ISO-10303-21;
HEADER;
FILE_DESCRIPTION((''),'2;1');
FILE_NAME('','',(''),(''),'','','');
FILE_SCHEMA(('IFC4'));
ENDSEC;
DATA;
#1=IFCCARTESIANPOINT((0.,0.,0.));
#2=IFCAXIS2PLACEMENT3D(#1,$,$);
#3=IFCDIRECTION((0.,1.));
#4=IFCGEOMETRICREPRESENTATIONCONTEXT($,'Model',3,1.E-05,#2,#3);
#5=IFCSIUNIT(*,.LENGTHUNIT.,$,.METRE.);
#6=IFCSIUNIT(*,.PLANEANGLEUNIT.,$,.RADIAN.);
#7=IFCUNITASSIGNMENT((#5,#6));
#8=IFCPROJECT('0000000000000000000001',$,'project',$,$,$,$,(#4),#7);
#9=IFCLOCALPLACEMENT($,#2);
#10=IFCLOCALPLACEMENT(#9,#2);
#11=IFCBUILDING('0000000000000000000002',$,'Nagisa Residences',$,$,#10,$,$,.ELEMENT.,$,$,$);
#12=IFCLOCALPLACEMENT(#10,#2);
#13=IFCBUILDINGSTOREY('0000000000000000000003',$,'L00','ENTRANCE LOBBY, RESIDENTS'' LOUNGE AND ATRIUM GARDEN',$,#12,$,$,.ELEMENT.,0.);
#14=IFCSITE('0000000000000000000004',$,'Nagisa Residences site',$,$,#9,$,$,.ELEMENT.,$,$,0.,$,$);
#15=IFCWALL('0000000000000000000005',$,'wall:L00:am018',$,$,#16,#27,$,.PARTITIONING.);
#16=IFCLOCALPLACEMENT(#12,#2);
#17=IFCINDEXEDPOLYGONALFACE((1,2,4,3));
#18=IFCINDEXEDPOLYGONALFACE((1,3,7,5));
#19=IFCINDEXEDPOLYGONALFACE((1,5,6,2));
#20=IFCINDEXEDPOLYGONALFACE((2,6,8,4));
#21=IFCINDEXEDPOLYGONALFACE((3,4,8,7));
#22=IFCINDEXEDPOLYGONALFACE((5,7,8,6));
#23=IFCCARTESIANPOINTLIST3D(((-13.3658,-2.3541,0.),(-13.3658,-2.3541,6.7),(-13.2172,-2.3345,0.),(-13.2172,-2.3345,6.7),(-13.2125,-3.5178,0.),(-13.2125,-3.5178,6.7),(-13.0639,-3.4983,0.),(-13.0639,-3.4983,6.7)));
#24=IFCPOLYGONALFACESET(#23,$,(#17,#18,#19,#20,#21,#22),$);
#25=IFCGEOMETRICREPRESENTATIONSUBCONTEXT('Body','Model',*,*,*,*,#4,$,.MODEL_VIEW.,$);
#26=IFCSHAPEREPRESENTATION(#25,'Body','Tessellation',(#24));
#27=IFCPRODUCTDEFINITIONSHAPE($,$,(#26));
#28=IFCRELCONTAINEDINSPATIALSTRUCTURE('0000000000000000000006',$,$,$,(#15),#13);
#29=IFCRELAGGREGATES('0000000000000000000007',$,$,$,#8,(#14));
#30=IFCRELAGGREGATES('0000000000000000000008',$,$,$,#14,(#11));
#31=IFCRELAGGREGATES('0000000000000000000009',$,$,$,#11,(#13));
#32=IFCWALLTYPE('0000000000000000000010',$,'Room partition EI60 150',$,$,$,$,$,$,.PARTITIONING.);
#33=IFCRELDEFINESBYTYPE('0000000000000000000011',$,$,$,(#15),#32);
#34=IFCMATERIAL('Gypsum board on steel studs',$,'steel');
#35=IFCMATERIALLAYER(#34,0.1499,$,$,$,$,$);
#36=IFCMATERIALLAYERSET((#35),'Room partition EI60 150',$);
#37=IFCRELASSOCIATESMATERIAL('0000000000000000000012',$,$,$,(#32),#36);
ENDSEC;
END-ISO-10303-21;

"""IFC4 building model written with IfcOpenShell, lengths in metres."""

from ifc_helpers import new_model, si_unit, direction, frame, frame_2d, origin, place, context, subcontext, project, spatial, rectangle, extrude, material, layer, layer_set, type_object, element, save


model = new_model("IFC4")

# Units and contexts
model_context = context("Model", 3, precision=1e-05, world=origin(), true_north=direction((0.0, 1.0)))
body_context = subcontext(model_context, "Body", "Model", "MODEL_VIEW")
ifc_project = project(units=[si_unit("LENGTHUNIT", "METRE"), si_unit("PLANEANGLEUNIT", "RADIAN")], contexts=[model_context])

# Site, building, storey
site_placement = place(None, origin())
site = spatial("IfcSite", under=ifc_project, at=site_placement, Name="Nagisa Residences site", CompositionType="ELEMENT", RefElevation=0.0)
building_placement = place(site_placement, origin())
building = spatial("IfcBuilding", under=site, at=building_placement, Name="Nagisa Residences", CompositionType="ELEMENT")
storey_placement = place(building_placement, origin())
storey = spatial("IfcBuildingStorey", under=building, at=storey_placement, Name="L00", Description="ENTRANCE LOBBY, RESIDENTS' LOUNGE AND ATRIUM GARDEN", CompositionType="ELEMENT", Elevation=0.0)

# Shared definitions
ifc_material_1 = material(Name="Gypsum board on steel studs", Category="steel")
ifc_layer_1 = layer(ifc_material_1, 0.1499)
ifc_layer_set_1 = layer_set([ifc_layer_1], Name="Room partition EI60 150")
wall_type_1 = type_object("IfcWallType", Name="Room partition EI60 150", PredefinedType="PARTITIONING", material=ifc_layer_set_1)

# Wall
wall_1_placement = place(storey_placement, frame((-13.1382, -3.5081, 0.0), z_axis=(0.0, 0.0, 1.0), x_axis=(-0.130611, 0.991434, 0.0)))
element("IfcWall", 1, at=wall_1_placement, inside=storey, type_object=wall_type_1, Name="wall:L00:am018", PredefinedType="PARTITIONING", context=body_context, shape_type="SweptSolid", body=[
    extrude(rectangle(XDim=1.1738, YDim=0.1499, at=frame_2d((0.5869, 0.0))), origin(), (0.0, 0.0, 1.0), 6.7),
])

save(model, "model.ifc")
